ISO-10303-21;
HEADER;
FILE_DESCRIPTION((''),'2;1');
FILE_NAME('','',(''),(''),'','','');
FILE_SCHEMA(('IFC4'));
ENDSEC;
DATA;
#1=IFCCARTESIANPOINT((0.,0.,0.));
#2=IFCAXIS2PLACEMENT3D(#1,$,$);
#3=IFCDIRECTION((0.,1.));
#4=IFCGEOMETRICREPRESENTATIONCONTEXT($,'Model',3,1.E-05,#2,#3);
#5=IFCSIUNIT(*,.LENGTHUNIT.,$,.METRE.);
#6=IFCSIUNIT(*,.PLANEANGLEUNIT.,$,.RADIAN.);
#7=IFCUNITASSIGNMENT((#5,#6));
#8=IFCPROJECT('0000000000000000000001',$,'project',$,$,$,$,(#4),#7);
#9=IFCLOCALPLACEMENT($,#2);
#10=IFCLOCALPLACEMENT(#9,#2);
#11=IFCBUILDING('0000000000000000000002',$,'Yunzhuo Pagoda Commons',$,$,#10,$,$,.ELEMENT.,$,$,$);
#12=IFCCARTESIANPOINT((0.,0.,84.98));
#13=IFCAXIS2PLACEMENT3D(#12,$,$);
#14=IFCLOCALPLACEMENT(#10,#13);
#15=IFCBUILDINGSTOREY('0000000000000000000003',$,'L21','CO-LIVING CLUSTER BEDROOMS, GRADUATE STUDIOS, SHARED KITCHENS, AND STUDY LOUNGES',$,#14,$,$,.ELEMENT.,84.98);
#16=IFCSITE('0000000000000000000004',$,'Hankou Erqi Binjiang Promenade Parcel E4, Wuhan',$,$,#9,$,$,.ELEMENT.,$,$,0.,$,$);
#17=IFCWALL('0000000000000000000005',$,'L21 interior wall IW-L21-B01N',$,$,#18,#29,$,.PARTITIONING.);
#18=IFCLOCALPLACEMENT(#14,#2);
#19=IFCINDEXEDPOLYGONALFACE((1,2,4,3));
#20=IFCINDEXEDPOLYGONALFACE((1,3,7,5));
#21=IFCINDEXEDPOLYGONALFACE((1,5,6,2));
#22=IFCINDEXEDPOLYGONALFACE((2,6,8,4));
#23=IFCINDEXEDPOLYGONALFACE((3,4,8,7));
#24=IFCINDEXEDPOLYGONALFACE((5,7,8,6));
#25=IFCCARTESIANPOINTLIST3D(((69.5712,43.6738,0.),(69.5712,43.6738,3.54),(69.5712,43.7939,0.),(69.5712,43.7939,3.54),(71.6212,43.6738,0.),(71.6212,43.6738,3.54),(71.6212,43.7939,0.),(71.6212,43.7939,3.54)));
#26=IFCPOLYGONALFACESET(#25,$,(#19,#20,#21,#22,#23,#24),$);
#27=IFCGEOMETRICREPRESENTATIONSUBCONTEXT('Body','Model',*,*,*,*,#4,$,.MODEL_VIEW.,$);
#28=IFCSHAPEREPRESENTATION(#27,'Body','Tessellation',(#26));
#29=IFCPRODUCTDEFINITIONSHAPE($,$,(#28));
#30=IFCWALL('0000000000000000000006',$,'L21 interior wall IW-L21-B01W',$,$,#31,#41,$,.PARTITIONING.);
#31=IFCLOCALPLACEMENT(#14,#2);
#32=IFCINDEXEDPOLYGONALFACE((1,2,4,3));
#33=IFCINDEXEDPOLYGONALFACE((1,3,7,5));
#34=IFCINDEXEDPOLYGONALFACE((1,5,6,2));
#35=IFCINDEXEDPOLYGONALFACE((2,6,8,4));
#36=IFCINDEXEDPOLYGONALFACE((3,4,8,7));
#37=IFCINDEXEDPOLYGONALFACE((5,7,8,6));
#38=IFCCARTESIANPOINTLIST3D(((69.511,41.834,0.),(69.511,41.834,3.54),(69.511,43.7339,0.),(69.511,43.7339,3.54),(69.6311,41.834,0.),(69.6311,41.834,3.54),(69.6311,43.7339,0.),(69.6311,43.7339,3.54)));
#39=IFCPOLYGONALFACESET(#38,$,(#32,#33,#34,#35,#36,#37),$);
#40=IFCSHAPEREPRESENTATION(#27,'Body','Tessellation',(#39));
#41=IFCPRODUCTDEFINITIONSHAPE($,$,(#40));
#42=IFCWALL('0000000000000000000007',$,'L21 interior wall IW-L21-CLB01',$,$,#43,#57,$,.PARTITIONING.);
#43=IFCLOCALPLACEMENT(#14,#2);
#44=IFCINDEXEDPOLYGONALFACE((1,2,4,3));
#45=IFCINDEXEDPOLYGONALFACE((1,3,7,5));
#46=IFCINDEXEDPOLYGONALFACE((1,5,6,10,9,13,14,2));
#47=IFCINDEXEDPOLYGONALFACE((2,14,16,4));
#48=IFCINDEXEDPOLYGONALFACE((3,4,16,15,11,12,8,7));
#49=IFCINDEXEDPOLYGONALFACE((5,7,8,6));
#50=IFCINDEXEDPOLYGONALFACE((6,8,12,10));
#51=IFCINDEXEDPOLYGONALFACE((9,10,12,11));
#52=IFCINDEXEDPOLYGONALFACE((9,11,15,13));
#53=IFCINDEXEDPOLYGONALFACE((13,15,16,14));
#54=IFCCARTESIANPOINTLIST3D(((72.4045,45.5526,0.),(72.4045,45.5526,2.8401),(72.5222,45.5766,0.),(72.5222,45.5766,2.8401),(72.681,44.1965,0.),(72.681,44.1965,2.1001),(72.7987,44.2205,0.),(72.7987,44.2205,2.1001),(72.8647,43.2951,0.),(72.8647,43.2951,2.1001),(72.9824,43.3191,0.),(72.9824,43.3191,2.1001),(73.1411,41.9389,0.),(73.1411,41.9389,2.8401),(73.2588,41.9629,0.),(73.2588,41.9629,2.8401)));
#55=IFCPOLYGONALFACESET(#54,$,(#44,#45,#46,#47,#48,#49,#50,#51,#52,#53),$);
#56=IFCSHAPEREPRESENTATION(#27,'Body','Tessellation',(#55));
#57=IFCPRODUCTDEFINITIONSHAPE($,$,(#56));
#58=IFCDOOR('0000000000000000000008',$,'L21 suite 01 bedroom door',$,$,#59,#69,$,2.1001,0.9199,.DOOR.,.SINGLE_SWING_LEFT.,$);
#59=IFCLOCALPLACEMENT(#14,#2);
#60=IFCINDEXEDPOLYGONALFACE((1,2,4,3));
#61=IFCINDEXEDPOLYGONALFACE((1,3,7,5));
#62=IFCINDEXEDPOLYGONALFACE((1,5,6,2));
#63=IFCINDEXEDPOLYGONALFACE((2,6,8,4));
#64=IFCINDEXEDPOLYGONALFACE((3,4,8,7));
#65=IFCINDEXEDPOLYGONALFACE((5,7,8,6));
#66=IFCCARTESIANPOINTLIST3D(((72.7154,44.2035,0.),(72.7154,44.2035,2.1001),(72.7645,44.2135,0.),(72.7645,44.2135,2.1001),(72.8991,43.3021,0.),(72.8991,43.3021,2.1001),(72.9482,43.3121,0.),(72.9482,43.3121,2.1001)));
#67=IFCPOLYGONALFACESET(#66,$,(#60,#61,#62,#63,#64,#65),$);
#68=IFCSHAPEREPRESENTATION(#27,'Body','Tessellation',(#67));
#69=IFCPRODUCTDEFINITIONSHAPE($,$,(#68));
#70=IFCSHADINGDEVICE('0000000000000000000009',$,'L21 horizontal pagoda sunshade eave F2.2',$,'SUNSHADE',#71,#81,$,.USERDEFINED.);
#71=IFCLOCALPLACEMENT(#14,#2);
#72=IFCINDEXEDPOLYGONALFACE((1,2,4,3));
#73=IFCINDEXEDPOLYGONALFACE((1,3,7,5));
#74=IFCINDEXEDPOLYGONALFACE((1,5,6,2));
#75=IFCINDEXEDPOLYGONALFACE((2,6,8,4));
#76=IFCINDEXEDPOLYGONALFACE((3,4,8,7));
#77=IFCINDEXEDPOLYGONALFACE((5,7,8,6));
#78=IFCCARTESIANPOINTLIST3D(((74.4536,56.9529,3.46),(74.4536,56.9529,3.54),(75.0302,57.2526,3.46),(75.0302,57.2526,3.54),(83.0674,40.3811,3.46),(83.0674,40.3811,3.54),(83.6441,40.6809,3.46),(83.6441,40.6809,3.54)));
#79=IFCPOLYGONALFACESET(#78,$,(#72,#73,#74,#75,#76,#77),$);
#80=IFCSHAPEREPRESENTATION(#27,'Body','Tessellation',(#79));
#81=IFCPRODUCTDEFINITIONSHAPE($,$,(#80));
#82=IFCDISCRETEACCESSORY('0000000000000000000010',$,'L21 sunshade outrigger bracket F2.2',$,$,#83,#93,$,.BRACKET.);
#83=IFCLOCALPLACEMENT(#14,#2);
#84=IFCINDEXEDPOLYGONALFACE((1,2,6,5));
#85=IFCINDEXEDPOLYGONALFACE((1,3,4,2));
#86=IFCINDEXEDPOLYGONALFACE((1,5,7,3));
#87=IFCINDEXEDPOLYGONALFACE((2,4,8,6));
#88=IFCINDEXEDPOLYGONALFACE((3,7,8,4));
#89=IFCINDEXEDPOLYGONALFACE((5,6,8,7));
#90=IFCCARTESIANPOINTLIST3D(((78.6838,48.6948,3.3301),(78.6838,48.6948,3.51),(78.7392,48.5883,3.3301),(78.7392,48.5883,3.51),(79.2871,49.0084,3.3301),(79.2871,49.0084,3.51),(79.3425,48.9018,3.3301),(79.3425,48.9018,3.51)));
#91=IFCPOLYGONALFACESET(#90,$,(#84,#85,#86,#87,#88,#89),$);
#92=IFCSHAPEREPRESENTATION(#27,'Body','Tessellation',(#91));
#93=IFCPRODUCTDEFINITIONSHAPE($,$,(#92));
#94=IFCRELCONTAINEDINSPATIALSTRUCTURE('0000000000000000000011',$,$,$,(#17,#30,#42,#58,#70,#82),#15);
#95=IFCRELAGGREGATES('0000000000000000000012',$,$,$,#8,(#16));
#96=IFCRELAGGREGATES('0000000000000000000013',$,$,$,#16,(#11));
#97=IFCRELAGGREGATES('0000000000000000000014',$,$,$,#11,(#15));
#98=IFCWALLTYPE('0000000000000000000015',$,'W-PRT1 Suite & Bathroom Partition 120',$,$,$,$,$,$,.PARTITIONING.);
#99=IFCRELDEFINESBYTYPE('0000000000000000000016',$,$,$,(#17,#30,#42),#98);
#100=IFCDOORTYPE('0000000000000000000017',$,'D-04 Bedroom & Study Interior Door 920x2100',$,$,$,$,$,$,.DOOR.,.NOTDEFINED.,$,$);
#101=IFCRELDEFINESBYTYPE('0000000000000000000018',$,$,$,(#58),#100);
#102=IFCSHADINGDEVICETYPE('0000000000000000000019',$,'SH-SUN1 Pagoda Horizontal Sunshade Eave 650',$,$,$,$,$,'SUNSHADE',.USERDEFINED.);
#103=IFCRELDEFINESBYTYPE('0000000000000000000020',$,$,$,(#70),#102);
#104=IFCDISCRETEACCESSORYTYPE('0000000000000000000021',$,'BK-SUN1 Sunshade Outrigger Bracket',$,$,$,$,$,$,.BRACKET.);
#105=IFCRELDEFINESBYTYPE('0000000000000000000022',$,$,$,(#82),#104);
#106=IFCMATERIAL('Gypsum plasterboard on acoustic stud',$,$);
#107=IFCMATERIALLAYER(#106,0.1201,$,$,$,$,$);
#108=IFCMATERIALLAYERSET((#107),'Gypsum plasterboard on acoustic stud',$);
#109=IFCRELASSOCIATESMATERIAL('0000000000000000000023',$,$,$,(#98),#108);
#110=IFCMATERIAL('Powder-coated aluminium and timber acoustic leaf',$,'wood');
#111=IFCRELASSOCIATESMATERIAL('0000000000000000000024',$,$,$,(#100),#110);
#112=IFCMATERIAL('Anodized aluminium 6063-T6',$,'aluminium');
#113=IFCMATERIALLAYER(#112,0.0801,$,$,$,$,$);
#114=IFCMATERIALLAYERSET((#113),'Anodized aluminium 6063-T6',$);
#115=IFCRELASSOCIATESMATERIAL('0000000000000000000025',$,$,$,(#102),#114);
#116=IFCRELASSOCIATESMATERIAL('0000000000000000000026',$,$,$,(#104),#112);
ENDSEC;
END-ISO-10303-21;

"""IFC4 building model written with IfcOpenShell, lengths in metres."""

from ifc_helpers import new_model, si_unit, direction, frame, frame_2d, origin, origin_with_axes, origin_2d, place, context, subcontext, project, spatial, rectangle, extrude, source, transform, mapped, material, layer, layer_set, type_object, element, fill, save


model = new_model("IFC4")

# Units and contexts
model_context = context("Model", 3, precision=1e-05, world=origin(), true_north=direction((0.0, 1.0)))
body_context = subcontext(model_context, "Body", "Model", "MODEL_VIEW")
ifc_project = project(units=[si_unit("LENGTHUNIT", "METRE"), si_unit("PLANEANGLEUNIT", "RADIAN")], contexts=[model_context])

# Site, building, storey
site_placement = place(None, origin())
site = spatial("IfcSite", under=ifc_project, at=site_placement, Name="Hankou Erqi Binjiang Promenade Parcel E4, Wuhan", CompositionType="ELEMENT", RefElevation=0.0)
building_placement = place(site_placement, origin())
building = spatial("IfcBuilding", under=site, at=building_placement, Name="Yunzhuo Pagoda Commons", CompositionType="ELEMENT")
storey_placement = place(building_placement, frame((0.0, 0.0, 84.98)))
storey = spatial("IfcBuildingStorey", under=building, at=storey_placement, Name="L21", Description="CO-LIVING CLUSTER BEDROOMS, GRADUATE STUDIOS, SHARED KITCHENS, AND STUDY LOUNGES", CompositionType="ELEMENT", Elevation=84.98)

# Shared definitions
ifc_material_1 = material(Name="Anodized aluminium 6063-T6", Category="aluminium")

# Shared definitions
ifc_material_2 = material(Name="Gypsum plasterboard on acoustic stud")
ifc_layer_1 = layer(ifc_material_2, 0.1201)
ifc_layer_set_1 = layer_set([ifc_layer_1], Name="Gypsum plasterboard on acoustic stud")
wall_type = type_object("IfcWallType", Name="W-PRT1 Suite & Bathroom Partition 120", PredefinedType="PARTITIONING", material=ifc_layer_set_1)

# Shared definitions
ifc_material_3 = material(Name="Powder-coated aluminium and timber acoustic leaf", Category="wood")

# Walls
wall_1_placement = place(storey_placement, frame((71.6211, 43.7339, 0.0), z_axis=(0.0, 0.0, 1.0), x_axis=(-1.0, 0.0, 0.0)))
element("IfcWall", 1, at=wall_1_placement, inside=storey, type_object=wall_type, Name="L21 interior wall IW-L21-B01N", PredefinedType="PARTITIONING", context=body_context, shape_type="SweptSolid", body=[
    extrude(rectangle(XDim=2.05, YDim=0.1201, at=frame_2d((1.0249, 0.0))), origin(), (0.0, 0.0, 1.0), 3.54),
])
wall_2_placement = place(storey_placement, frame((69.571, 43.7339, 0.0), z_axis=(0.0, 0.0, 1.0), x_axis=(0.0, -1.0, 0.0)))
element("IfcWall", 2, at=wall_2_placement, inside=storey, type_object=wall_type, Name="L21 interior wall IW-L21-B01W", PredefinedType="PARTITIONING", context=body_context, shape_type="SweptSolid", body=[
    extrude(rectangle(XDim=1.8999, YDim=0.1201, at=frame_2d((0.95, 0.0))), origin(), (0.0, 0.0, 1.0), 3.54),
])

# Wall, opening, door
wall_3_placement = place(storey_placement, frame((73.2, 41.9509, 0.0), z_axis=(0.0, 0.0, 1.0), x_axis=(-0.199717, 0.979854, 0.0)))
wall_3 = element("IfcWall", 3, at=wall_3_placement, inside=storey, type_object=wall_type, Name="L21 interior wall IW-L21-CLB01", PredefinedType="PARTITIONING", context=body_context, shape_type="SweptSolid", body=[
    extrude(rectangle(XDim=3.688, YDim=0.1201, at=frame_2d((1.844, 0.0))), origin(), (0.0, 0.0, 1.0), 2.8401),
])
opening_1_placement = place(wall_3_placement, frame((1.384, 0.0, 0.0)))
opening_1 = element("IfcOpeningElement", 4, at=opening_1_placement, cuts=wall_3, PredefinedType="OPENING", context=body_context, shape_type="SweptSolid", body=[
    extrude(rectangle(XDim=0.9199, YDim=2.1001, at=frame_2d((0.46, 1.05))), frame((0.0, 0.0701, 0.0), z_axis=(0.0, -1.0, 0.0), x_axis=(1.0, 0.0, 0.0)), (0.0, 0.0, 1.0), 0.1401),
])
door_type_1 = type_object("IfcDoorType", Name="D-04 Bedroom & Study Interior Door 920x2100", OperationType="NOTDEFINED", PredefinedType="DOOR", material=ifc_material_3)
shared_shape_1 = source(origin(), body_context, "Body", "SweptSolid", [
    extrude(rectangle(XDim=0.9199, YDim=2.1001, at=frame_2d((0.46, 1.05))), frame((0.0, 0.0249, 0.0), z_axis=(0.0, -1.0, 0.0), x_axis=(1.0, 0.0, 0.0)), (0.0, 0.0, 1.0), 0.05),
])
door_1_placement = place(opening_1_placement, origin_with_axes())
door_1 = element("IfcDoor", 5, at=door_1_placement, inside=storey, type_object=door_type_1, Name="L21 suite 01 bedroom door", OperationType="SINGLE_SWING_LEFT", OverallHeight=2.1001, OverallWidth=0.9199, PredefinedType="DOOR", context=body_context, shape_type="MappedRepresentation", body=[
    mapped(shared_shape_1, transform((0.0, 0.0, 0.0), scale=1.0)),
])
fill(opening_1, door_1)

# Shading device
ifc_layer_2 = layer(ifc_material_1, 0.0801)
ifc_layer_set_2 = layer_set([ifc_layer_2], Name="Anodized aluminium 6063-T6")
shading_device_type = type_object("IfcShadingDeviceType", Name="SH-SUN1 Pagoda Horizontal Sunshade Eave 650", ElementType="SUNSHADE", PredefinedType="USERDEFINED", material=ifc_layer_set_2)
shared_shape_2 = source(origin(), body_context, "Body", "SweptSolid", [
    extrude(rectangle(XDim=18.6768, YDim=0.6499, at=origin_2d()), origin(), (0.0, 0.0, 1.0), 0.0801),
])
shading_device_placement = place(storey_placement, frame((79.0488, 48.8169, 3.46), z_axis=(0.0, 0.0, 1.0), x_axis=(-0.461207, 0.887293, 0.0)))
element("IfcShadingDevice", 6, at=shading_device_placement, inside=storey, type_object=shading_device_type, Name="L21 horizontal pagoda sunshade eave F2.2", ObjectType="SUNSHADE", PredefinedType="USERDEFINED", context=body_context, shape_type="MappedRepresentation", body=[
    mapped(shared_shape_2, transform((0.0, 0.0, 0.0), scale=1.0)),
])

# Discrete accessory
discrete_accessory_type = type_object("IfcDiscreteAccessoryType", Name="BK-SUN1 Sunshade Outrigger Bracket", PredefinedType="BRACKET", material=ifc_material_1)
shared_shape_3 = source(origin(), body_context, "Body", "SweptSolid", [
    extrude(rectangle(XDim=0.1201, YDim=0.6799, at=origin_2d()), origin(), (0.0, 0.0, 1.0), 0.1799),
])
discrete_accessory_placement = place(storey_placement, frame((79.0132, 48.7983, 3.3301), z_axis=(0.0, 0.0, 1.0), x_axis=(-0.461207, 0.887293, 0.0)))
element("IfcDiscreteAccessory", 7, at=discrete_accessory_placement, inside=storey, type_object=discrete_accessory_type, Name="L21 sunshade outrigger bracket F2.2", PredefinedType="BRACKET", context=body_context, shape_type="MappedRepresentation", body=[
    mapped(shared_shape_3, transform((0.0, 0.0, 0.0), scale=1.0)),
])

save(model, "model.ifc")
